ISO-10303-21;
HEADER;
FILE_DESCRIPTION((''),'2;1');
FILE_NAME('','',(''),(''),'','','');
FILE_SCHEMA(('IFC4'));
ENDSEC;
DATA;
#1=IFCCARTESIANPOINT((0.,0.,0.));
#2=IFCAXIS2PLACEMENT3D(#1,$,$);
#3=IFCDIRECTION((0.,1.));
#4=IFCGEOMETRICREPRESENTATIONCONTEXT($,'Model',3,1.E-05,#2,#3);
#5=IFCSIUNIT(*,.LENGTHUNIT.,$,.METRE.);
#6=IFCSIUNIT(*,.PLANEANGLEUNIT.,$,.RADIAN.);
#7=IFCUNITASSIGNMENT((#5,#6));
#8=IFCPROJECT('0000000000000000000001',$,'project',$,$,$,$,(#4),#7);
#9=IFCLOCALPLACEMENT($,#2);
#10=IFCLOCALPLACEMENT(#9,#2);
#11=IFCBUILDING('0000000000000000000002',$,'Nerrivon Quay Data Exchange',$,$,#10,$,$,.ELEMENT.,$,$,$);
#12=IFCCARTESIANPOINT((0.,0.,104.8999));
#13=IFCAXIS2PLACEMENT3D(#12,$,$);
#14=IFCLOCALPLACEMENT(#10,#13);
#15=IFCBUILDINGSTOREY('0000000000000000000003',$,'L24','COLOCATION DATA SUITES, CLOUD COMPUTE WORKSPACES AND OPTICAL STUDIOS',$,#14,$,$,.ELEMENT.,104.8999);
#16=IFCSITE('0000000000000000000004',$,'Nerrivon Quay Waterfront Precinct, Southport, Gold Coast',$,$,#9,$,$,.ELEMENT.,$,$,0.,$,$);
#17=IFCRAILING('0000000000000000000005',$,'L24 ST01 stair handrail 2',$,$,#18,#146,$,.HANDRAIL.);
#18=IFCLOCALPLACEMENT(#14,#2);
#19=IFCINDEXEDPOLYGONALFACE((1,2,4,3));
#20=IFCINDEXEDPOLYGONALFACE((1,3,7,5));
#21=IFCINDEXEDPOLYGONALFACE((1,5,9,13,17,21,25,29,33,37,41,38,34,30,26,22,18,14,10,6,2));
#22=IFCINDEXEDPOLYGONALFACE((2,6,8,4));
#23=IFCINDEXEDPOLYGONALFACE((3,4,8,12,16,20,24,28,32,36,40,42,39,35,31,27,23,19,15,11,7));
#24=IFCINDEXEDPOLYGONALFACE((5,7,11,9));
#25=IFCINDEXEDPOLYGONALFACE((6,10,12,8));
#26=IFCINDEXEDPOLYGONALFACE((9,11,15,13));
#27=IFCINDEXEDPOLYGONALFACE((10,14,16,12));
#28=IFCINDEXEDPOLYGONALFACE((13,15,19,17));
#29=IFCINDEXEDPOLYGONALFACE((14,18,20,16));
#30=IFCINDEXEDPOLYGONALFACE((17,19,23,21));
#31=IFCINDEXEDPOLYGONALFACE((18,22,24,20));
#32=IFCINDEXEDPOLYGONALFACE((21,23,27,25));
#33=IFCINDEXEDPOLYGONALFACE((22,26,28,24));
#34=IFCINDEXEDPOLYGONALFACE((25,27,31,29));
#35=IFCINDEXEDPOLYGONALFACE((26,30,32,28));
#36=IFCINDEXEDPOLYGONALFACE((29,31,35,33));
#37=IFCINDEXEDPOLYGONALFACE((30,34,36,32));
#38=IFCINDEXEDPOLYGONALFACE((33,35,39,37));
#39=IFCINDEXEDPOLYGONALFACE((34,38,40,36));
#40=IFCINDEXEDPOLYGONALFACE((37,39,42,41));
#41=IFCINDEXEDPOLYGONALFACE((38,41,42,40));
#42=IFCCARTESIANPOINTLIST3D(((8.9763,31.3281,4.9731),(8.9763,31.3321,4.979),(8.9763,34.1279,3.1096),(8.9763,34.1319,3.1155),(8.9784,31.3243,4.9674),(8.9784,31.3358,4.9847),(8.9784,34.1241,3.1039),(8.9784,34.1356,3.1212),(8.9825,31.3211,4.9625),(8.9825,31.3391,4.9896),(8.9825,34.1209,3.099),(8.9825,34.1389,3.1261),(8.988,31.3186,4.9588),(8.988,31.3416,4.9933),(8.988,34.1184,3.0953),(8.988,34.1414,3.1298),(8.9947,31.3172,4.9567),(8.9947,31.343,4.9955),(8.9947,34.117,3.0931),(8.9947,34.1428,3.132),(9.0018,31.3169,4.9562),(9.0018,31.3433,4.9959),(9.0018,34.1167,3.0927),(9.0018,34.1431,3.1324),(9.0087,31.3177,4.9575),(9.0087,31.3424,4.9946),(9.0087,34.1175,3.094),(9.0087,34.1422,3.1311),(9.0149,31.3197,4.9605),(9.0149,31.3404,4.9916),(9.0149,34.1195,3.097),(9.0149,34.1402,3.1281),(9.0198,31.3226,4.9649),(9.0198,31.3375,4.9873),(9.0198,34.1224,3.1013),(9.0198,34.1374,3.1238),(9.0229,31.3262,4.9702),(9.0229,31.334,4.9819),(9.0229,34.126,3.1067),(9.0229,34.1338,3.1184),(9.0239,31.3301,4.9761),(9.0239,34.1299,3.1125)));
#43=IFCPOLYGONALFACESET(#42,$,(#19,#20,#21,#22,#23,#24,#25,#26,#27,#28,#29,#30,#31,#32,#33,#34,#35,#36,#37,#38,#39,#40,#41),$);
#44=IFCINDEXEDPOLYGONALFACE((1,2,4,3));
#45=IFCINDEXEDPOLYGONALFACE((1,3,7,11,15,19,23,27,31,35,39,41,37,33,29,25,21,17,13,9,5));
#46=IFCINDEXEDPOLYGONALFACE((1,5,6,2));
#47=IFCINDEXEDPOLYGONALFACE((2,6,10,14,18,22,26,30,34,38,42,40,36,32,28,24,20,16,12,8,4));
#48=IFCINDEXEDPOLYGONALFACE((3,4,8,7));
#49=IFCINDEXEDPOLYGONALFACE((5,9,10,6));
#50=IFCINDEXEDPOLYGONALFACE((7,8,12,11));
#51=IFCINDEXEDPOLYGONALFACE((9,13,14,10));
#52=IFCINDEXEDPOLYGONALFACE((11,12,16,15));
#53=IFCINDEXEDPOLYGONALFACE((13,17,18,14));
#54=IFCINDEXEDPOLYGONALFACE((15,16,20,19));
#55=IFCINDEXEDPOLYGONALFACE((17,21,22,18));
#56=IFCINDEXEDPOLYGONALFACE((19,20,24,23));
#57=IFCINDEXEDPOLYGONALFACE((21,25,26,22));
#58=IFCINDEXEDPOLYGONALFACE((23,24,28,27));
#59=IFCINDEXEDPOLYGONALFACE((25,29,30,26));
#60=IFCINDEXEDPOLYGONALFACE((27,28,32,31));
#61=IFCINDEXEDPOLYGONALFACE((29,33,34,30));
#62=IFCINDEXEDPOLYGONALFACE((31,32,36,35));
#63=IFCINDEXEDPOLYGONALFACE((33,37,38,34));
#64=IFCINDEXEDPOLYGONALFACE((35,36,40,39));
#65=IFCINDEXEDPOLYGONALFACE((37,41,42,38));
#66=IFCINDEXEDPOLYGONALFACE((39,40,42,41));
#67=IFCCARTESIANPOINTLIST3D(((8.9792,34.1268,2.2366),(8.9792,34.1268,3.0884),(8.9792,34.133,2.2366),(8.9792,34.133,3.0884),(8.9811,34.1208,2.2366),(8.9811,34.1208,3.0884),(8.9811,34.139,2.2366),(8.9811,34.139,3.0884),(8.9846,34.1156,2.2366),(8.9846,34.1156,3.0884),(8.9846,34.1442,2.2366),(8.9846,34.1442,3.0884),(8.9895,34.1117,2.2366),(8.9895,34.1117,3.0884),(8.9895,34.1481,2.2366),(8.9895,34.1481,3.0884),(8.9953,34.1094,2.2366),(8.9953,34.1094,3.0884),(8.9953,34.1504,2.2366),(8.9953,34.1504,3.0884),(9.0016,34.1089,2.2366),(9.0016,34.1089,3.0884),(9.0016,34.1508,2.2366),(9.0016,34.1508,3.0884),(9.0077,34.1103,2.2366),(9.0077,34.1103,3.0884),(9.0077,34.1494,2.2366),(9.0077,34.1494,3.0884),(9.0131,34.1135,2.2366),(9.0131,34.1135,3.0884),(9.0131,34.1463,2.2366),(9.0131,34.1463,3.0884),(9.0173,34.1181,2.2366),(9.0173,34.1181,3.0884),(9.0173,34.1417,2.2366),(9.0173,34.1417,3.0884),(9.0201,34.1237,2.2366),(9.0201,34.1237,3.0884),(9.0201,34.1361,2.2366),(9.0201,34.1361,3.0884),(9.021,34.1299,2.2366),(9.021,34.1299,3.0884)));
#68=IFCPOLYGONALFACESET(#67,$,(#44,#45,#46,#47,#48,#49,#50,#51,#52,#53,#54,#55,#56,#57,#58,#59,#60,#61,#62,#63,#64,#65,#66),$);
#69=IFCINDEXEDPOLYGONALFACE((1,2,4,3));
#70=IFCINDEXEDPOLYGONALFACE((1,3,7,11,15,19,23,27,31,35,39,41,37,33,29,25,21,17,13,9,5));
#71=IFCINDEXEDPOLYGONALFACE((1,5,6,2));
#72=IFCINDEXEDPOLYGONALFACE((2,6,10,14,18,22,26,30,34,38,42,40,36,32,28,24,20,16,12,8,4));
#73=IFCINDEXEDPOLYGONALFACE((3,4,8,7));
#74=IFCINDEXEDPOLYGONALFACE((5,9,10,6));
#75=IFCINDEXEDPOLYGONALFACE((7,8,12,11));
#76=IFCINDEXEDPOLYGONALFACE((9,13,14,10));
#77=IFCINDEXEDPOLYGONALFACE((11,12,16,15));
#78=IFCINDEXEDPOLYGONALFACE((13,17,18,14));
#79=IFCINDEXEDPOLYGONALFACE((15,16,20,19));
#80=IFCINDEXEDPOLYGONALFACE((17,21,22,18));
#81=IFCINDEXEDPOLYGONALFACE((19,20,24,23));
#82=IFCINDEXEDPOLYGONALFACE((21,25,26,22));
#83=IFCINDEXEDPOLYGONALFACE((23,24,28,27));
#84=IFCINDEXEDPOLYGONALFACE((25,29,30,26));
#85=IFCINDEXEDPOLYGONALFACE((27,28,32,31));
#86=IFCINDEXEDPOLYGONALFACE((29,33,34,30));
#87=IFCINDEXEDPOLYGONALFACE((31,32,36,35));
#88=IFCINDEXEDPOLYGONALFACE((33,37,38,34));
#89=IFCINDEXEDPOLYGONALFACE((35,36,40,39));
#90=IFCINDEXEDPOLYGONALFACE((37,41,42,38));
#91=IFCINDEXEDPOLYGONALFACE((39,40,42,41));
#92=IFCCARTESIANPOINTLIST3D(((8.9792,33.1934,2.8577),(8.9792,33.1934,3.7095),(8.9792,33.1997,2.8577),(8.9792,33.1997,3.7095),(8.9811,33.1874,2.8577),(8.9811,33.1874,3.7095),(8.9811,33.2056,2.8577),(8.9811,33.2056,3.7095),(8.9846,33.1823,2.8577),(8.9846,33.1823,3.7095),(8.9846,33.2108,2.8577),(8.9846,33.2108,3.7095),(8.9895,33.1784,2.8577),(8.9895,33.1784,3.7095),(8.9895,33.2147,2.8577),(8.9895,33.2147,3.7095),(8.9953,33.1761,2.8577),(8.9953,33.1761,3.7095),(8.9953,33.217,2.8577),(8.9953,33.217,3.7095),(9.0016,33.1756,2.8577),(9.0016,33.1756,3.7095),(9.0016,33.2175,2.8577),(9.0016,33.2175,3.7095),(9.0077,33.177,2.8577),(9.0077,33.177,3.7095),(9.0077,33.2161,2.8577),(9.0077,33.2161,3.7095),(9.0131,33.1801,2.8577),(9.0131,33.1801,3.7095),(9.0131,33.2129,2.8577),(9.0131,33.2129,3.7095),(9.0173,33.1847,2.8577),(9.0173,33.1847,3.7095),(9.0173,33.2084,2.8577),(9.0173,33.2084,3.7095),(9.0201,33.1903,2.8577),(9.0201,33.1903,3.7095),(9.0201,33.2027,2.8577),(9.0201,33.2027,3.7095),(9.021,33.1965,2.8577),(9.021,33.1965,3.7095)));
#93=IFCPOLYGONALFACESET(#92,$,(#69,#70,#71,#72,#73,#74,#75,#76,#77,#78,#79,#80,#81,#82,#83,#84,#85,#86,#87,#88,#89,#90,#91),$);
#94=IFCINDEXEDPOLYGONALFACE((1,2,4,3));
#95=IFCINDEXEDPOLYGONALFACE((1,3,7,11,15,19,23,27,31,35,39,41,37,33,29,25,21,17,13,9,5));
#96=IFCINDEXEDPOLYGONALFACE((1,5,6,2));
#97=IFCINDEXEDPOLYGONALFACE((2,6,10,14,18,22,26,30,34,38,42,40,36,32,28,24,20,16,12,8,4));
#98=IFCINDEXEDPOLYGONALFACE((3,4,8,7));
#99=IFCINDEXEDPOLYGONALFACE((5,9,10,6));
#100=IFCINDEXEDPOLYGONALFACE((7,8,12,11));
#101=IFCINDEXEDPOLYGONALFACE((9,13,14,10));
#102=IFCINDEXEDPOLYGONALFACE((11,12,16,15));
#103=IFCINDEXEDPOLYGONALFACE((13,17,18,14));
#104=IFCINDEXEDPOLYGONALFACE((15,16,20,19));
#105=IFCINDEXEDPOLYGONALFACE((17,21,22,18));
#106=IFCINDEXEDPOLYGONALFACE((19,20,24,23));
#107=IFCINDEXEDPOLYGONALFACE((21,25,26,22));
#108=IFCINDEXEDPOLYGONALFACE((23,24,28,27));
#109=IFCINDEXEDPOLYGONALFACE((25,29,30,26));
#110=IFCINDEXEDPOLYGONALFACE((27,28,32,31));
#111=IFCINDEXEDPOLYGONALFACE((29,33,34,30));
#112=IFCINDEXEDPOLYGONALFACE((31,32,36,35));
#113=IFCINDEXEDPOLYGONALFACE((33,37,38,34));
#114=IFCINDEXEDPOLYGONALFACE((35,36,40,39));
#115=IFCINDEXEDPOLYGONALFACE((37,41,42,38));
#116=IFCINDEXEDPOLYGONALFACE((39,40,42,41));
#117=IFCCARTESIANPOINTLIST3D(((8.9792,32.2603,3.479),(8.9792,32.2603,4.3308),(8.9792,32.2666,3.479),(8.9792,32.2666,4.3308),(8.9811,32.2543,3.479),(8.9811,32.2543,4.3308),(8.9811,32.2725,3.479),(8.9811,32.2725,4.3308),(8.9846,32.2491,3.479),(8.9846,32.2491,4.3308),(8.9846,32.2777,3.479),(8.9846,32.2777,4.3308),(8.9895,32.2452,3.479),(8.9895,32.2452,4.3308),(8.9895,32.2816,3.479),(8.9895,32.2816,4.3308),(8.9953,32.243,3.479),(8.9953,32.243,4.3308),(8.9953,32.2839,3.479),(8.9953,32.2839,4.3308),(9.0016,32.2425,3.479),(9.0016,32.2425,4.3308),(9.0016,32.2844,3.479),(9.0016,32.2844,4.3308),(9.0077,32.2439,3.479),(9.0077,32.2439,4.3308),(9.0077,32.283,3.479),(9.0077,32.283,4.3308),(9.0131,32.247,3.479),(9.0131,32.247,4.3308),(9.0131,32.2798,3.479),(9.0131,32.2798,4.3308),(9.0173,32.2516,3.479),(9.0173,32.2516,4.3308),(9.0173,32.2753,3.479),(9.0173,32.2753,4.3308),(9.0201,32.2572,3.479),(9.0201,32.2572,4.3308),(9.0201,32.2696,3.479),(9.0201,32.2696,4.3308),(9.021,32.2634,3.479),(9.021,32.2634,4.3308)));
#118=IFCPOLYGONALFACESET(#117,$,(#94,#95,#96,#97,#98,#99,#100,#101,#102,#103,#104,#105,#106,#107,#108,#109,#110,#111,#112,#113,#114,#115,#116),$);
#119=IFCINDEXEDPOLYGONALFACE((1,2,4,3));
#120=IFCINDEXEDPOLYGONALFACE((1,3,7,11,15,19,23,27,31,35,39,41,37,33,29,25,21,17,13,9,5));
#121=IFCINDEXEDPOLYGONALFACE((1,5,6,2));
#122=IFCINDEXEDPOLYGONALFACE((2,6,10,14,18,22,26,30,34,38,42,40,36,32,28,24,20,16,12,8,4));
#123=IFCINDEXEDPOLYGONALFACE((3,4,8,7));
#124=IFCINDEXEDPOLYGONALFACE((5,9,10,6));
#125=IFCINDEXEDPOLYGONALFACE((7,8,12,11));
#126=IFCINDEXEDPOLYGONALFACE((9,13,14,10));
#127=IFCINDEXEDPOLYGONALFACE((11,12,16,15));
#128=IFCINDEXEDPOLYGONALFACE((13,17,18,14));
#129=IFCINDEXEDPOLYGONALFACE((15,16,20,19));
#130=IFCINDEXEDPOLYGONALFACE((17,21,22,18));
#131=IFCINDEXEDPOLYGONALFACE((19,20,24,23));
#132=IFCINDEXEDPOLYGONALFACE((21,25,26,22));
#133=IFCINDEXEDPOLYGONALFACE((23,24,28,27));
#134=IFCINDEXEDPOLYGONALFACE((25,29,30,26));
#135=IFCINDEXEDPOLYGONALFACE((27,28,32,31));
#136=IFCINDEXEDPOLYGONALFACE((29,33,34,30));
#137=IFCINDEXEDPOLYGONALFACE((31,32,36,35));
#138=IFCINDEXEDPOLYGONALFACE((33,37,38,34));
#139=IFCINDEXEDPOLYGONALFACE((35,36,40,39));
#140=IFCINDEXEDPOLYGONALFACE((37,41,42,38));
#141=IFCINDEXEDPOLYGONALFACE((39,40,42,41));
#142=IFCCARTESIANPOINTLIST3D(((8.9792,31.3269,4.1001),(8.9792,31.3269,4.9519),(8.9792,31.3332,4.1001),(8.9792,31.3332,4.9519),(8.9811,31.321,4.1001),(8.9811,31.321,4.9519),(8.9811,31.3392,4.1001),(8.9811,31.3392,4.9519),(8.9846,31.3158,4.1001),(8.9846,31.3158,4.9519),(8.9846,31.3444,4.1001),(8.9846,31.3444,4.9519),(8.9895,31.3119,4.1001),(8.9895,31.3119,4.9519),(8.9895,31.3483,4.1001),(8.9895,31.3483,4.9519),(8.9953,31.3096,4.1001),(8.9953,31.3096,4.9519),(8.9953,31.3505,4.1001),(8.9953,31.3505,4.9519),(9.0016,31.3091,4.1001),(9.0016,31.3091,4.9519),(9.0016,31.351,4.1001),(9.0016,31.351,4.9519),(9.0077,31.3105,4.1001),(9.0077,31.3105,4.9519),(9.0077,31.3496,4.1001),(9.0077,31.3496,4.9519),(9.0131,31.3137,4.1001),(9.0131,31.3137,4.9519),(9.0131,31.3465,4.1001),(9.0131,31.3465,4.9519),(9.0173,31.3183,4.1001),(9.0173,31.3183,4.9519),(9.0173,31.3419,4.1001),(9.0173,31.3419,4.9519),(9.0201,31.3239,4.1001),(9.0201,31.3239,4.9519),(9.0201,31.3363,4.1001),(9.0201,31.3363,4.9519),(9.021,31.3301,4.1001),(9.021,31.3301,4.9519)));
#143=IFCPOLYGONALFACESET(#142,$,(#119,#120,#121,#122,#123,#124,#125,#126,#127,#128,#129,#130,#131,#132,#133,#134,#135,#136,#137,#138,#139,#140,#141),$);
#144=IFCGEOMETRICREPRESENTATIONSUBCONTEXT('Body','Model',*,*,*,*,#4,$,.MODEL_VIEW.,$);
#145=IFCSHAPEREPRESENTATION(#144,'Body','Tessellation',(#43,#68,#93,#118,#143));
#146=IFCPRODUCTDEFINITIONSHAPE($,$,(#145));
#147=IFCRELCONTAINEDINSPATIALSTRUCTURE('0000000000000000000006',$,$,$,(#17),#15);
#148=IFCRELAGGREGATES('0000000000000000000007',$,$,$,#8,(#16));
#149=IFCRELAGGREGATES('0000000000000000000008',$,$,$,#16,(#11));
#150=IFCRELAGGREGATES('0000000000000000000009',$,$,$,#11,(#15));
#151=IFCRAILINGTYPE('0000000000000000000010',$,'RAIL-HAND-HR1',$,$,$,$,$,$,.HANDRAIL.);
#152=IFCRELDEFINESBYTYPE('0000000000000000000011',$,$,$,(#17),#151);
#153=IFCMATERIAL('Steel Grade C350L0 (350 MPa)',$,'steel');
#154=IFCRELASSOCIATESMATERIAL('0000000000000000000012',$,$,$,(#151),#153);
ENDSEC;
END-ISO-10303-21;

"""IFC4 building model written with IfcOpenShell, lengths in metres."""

from ifc_helpers import new_model, si_unit, direction, frame, origin, origin_2d, place, context, subcontext, project, spatial, circle, extrude, material, type_object, element, save


model = new_model("IFC4")

# Units and contexts
model_context = context("Model", 3, precision=1e-05, world=origin(), true_north=direction((0.0, 1.0)))
body_context = subcontext(model_context, "Body", "Model", "MODEL_VIEW")
ifc_project = project(units=[si_unit("LENGTHUNIT", "METRE"), si_unit("PLANEANGLEUNIT", "RADIAN")], contexts=[model_context])

# Site, building, storey
site_placement = place(None, origin())
site = spatial("IfcSite", under=ifc_project, at=site_placement, Name="Nerrivon Quay Waterfront Precinct, Southport, Gold Coast", CompositionType="ELEMENT", RefElevation=0.0)
building_placement = place(site_placement, origin())
building = spatial("IfcBuilding", under=site, at=building_placement, Name="Nerrivon Quay Data Exchange", CompositionType="ELEMENT")
storey_placement = place(building_placement, frame((0.0, 0.0, 104.8999)))
storey = spatial("IfcBuildingStorey", under=building, at=storey_placement, Name="L24", Description="COLOCATION DATA SUITES, CLOUD COMPUTE WORKSPACES AND OPTICAL STUDIOS", CompositionType="ELEMENT", Elevation=104.8999)

# Railing
ifc_material_1 = material(Name="Steel Grade C350L0 (350 MPa)", Category="steel")
railing_type_1 = type_object("IfcRailingType", Name="RAIL-HAND-HR1", PredefinedType="HANDRAIL", material=ifc_material_1)
railing_1_placement = place(storey_placement, frame((9.0, 34.1299, 2.2366)))
element("IfcRailing", 1, at=railing_1_placement, inside=storey, type_object=railing_type_1, Name="L24 ST01 stair handrail 2", PredefinedType="HANDRAIL", context=body_context, shape_type="SweptSolid", body=[
    extrude(circle(Radius=0.0239, at=origin_2d()), frame((0.0, 0.0, 0.876), z_axis=(0.0, -0.832463, 0.55408), x_axis=(1.0, 0.0, 0.0)), (0.0, 0.0, 1.0), 3.3633),
    extrude(circle(Radius=0.021, at=origin_2d()), origin(), (0.0, 0.0, 1.0), 0.8518),
    extrude(circle(Radius=0.021, at=origin_2d()), frame((0.0, -0.9333, 0.6211)), (0.0, 0.0, 1.0), 0.8518),
    extrude(circle(Radius=0.021, at=origin_2d()), frame((0.0, -1.8665, 1.2424)), (0.0, 0.0, 1.0), 0.8518),
    extrude(circle(Radius=0.021, at=origin_2d()), frame((0.0, -2.7998, 1.8635)), (0.0, 0.0, 1.0), 0.8518),
])

save(model, "model.ifc")
